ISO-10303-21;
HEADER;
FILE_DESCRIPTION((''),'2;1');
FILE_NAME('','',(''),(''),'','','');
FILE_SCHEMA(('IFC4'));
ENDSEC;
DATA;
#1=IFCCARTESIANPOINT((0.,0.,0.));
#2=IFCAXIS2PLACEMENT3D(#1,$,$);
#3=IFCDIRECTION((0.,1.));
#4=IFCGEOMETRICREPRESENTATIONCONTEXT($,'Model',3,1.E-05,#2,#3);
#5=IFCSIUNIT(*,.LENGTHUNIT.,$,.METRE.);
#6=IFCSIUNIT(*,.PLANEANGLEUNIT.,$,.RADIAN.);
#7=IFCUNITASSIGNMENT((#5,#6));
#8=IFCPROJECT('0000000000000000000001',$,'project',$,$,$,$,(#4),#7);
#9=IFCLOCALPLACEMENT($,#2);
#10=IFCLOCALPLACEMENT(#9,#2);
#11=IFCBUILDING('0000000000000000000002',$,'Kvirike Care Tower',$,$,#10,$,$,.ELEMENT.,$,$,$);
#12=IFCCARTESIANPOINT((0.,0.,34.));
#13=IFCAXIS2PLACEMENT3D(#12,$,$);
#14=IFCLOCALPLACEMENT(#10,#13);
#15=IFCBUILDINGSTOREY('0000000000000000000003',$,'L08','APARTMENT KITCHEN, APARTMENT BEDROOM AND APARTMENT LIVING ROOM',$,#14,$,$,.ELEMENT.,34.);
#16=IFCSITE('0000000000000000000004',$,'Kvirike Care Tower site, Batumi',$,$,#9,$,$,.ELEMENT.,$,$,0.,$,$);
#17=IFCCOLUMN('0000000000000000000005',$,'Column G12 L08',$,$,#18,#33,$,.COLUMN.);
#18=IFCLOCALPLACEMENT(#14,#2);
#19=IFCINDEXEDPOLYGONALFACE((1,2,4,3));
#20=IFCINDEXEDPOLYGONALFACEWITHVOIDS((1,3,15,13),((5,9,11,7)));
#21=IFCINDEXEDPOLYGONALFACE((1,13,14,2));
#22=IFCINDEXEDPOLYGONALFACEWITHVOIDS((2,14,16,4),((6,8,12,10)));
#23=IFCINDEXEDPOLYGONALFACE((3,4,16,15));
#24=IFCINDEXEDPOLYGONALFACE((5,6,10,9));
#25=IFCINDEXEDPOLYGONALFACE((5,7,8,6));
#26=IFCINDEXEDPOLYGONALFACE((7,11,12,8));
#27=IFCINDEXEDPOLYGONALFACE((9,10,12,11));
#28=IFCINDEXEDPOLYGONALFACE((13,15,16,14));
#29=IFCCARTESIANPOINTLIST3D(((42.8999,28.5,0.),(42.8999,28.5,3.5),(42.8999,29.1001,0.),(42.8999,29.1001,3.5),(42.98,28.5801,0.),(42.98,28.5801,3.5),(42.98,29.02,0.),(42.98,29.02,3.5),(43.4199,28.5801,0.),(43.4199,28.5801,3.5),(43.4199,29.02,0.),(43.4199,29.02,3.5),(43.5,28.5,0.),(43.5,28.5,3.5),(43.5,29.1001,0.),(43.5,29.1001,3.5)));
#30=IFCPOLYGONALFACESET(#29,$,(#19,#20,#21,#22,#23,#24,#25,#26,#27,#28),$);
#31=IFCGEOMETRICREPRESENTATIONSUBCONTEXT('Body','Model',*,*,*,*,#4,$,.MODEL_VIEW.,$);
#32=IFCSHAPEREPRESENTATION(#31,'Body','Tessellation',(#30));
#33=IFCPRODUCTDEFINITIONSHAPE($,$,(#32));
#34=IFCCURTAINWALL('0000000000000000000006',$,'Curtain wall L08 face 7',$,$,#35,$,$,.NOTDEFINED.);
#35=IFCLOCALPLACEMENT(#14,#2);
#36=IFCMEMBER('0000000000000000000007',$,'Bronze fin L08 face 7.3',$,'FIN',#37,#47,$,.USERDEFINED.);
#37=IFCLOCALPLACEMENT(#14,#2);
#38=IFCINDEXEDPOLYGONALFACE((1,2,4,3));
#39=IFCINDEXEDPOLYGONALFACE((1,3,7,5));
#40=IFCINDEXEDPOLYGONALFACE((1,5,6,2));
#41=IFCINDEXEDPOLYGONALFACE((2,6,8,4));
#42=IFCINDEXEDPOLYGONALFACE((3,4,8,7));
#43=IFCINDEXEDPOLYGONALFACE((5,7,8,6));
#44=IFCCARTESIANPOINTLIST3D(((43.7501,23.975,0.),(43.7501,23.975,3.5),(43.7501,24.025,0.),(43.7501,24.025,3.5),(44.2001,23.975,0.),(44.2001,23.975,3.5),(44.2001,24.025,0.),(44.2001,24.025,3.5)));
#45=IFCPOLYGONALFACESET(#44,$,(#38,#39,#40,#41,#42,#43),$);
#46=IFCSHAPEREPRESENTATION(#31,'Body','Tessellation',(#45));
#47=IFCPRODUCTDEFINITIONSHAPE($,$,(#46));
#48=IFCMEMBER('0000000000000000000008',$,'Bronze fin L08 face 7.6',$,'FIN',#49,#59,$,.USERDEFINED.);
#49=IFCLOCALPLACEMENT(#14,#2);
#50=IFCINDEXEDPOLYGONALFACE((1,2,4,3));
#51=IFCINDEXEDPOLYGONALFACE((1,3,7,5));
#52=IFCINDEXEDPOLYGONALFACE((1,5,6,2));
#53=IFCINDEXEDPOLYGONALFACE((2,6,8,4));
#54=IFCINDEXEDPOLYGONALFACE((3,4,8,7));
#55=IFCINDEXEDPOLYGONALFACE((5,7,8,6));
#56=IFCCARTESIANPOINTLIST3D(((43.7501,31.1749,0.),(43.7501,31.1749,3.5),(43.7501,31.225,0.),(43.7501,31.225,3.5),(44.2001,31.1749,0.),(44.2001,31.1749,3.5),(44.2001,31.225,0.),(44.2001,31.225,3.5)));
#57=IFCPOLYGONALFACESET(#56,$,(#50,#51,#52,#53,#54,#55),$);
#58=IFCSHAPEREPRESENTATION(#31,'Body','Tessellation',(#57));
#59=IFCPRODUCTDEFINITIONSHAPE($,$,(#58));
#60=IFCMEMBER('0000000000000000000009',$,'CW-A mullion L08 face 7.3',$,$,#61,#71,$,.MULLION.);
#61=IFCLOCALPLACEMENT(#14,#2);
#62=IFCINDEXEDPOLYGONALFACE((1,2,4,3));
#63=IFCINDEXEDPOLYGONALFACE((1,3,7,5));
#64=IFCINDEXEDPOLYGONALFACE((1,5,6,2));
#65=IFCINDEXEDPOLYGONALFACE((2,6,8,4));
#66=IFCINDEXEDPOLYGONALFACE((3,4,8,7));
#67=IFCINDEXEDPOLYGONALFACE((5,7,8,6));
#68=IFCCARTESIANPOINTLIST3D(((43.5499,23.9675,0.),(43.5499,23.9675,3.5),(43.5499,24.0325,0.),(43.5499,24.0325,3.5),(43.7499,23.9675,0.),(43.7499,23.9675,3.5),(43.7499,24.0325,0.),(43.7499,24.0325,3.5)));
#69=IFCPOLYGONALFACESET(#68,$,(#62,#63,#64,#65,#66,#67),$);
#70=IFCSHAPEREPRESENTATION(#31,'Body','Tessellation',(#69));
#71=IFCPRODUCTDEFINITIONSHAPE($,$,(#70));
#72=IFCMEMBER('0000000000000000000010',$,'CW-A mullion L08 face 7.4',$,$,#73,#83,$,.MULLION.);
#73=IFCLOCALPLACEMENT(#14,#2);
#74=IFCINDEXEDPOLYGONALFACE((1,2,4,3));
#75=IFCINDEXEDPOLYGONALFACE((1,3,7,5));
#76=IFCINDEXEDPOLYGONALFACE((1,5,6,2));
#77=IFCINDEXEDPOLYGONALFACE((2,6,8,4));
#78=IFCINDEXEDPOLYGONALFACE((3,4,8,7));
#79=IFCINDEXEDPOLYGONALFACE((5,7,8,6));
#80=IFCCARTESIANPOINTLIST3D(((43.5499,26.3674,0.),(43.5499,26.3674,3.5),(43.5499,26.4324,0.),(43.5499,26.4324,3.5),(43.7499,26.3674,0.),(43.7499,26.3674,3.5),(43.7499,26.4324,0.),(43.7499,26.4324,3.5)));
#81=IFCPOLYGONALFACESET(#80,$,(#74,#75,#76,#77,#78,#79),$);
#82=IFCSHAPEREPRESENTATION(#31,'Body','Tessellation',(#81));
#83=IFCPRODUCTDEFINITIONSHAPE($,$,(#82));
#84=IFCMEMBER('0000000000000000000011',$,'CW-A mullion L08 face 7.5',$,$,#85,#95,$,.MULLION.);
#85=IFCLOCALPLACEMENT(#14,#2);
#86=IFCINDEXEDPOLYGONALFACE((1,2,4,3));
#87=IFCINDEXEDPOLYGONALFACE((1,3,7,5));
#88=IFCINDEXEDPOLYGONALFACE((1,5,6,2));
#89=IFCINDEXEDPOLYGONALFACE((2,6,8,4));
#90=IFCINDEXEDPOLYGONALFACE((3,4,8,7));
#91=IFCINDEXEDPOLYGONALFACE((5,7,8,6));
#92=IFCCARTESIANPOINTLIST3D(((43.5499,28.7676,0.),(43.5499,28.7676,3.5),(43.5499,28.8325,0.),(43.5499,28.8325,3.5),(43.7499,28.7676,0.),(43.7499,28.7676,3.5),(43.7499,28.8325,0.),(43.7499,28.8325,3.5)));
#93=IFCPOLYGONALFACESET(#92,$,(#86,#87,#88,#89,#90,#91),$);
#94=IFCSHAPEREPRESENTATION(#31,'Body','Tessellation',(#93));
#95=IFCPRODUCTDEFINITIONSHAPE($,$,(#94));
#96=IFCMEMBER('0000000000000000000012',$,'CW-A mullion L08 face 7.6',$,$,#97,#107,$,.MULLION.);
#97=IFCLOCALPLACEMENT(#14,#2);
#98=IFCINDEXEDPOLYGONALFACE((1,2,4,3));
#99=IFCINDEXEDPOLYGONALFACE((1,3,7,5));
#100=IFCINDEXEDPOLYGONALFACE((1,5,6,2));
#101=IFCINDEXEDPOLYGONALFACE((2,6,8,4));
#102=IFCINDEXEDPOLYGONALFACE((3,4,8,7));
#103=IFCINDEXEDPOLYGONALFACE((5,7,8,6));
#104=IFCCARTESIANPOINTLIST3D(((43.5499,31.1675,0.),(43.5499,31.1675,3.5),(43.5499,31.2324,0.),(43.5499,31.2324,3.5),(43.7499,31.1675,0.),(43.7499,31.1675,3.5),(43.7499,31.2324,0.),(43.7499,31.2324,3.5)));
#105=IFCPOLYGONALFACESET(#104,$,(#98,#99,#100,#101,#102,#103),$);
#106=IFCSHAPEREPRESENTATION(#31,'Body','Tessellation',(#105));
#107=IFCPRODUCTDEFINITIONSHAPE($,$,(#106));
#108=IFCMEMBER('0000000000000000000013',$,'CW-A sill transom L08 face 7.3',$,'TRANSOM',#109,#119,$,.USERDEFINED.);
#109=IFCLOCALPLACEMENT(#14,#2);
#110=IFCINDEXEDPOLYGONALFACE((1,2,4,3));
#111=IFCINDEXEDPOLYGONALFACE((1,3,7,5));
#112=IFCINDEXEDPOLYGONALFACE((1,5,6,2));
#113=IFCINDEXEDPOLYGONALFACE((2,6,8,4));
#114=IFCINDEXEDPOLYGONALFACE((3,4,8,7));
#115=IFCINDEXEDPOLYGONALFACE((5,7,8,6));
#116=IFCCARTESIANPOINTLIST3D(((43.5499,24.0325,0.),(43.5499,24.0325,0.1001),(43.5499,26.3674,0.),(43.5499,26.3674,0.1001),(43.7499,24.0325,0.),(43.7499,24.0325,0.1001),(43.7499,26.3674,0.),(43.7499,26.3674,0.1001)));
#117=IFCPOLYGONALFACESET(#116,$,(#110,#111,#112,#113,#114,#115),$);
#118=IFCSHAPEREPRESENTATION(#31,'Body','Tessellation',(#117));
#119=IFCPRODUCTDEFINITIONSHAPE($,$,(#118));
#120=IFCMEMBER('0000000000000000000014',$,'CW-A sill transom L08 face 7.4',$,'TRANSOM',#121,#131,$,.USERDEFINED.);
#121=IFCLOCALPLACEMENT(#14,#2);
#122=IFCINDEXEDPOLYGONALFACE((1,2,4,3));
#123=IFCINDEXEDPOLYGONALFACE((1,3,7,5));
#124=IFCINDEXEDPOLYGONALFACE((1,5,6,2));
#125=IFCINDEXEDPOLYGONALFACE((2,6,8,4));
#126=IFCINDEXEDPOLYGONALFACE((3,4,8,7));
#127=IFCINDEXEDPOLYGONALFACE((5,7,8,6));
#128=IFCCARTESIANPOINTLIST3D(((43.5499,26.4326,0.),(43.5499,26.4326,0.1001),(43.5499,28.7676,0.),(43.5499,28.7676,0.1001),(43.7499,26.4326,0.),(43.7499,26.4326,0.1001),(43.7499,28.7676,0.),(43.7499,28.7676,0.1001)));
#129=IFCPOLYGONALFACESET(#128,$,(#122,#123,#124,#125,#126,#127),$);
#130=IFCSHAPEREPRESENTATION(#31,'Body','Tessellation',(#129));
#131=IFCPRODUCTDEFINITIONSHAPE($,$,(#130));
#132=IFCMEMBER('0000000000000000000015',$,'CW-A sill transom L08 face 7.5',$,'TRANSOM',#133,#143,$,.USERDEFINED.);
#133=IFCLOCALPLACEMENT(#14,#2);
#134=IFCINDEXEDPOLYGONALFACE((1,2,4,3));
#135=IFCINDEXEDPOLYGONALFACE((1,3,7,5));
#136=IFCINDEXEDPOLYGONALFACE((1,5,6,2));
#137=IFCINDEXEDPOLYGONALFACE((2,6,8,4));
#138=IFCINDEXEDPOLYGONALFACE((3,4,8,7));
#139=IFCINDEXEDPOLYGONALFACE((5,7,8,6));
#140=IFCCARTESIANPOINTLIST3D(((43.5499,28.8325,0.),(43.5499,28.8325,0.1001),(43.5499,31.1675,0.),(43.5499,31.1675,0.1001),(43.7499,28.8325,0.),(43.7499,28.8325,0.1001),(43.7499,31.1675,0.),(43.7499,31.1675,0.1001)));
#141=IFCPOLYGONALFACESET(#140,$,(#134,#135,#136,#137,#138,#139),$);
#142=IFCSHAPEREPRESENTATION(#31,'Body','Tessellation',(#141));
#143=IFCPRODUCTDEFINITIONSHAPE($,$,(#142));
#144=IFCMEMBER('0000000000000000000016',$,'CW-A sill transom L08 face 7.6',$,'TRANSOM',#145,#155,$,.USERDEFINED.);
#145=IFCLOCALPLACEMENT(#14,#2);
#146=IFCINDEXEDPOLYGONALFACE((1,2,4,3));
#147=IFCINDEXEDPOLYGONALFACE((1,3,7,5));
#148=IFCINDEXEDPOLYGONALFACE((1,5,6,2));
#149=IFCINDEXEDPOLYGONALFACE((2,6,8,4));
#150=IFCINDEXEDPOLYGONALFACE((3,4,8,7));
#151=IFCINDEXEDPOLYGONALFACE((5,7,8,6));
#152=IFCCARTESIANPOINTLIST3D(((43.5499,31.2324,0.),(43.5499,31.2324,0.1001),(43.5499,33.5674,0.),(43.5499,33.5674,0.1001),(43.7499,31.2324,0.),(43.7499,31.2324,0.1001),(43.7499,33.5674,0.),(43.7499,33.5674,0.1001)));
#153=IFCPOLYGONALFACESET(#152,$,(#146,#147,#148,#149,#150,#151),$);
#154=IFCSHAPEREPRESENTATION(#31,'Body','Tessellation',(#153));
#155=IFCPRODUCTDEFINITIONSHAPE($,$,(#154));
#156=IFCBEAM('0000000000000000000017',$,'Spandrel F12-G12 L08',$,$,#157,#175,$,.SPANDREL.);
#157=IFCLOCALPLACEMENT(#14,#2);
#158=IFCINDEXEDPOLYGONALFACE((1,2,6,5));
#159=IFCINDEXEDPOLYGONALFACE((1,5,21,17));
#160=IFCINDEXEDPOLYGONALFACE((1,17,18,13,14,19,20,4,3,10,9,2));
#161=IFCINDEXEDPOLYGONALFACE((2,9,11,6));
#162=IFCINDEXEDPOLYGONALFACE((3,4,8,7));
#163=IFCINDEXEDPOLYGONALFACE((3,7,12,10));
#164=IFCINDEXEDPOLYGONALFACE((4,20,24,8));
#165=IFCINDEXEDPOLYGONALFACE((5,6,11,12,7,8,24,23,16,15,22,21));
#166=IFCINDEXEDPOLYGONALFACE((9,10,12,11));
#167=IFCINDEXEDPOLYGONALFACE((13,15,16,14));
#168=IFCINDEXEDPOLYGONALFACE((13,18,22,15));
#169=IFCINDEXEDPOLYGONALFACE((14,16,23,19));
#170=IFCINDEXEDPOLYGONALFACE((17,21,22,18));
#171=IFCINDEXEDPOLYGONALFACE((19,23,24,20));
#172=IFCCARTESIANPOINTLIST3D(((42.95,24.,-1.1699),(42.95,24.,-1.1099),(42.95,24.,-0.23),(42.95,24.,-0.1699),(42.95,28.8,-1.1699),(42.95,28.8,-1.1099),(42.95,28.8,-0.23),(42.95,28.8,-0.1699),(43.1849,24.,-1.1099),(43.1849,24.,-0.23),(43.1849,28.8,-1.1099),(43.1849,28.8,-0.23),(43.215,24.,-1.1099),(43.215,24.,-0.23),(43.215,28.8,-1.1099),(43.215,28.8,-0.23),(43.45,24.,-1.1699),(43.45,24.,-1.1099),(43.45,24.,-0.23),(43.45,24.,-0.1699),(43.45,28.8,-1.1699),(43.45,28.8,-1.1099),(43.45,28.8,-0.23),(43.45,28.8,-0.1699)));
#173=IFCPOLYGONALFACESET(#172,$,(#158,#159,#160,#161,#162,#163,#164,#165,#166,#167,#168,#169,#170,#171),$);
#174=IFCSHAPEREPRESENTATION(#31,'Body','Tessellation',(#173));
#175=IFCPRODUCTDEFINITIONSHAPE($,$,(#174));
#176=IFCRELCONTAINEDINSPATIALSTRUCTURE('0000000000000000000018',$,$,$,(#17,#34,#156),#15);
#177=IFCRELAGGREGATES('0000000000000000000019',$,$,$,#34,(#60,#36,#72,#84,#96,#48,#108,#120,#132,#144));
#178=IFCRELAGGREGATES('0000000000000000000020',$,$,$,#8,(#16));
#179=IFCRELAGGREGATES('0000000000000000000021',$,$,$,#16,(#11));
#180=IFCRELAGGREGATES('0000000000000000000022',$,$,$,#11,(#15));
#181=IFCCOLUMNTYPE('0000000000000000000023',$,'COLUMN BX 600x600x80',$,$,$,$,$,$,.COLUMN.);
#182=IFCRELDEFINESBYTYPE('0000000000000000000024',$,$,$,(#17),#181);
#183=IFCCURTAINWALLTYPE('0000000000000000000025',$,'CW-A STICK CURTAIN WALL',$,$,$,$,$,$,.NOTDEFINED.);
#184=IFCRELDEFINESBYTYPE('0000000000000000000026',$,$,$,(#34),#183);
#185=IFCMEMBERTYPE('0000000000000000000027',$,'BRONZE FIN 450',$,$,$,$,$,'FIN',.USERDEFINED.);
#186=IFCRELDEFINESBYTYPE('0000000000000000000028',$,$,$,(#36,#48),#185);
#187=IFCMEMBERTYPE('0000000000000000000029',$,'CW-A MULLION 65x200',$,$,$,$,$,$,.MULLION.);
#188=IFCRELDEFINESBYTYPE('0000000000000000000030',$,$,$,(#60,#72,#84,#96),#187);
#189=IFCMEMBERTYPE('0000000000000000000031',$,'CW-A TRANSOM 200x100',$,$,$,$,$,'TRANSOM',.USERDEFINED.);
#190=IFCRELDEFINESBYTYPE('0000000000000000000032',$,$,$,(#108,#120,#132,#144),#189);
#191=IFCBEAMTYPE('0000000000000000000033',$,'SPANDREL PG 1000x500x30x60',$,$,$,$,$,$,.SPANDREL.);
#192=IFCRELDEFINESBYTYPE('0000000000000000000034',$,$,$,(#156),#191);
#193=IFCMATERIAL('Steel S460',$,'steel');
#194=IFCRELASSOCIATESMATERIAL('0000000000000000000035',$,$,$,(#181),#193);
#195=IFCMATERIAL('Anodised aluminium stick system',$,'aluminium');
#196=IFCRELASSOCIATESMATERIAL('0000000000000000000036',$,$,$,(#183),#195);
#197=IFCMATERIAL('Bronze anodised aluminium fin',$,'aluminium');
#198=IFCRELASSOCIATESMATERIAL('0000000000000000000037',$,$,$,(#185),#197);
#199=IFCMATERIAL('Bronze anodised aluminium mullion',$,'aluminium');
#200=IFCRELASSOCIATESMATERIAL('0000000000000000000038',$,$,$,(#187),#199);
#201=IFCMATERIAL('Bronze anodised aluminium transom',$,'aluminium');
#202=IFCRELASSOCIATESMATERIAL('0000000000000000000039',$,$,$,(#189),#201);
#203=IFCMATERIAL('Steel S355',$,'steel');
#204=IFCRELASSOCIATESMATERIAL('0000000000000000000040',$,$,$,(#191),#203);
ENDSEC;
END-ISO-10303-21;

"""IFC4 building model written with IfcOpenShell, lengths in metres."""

from ifc_helpers import new_model, si_unit, direction, frame, origin, origin_2d, place, context, subcontext, project, spatial, rectangle, hollow_rectangle, i_section, extrude, material, material_profile, profile_set, type_object, element, aggregate, save


model = new_model("IFC4")

# Units and contexts
model_context = context("Model", 3, precision=1e-05, world=origin(), true_north=direction((0.0, 1.0)))
body_context = subcontext(model_context, "Body", "Model", "MODEL_VIEW")
ifc_project = project(units=[si_unit("LENGTHUNIT", "METRE"), si_unit("PLANEANGLEUNIT", "RADIAN")], contexts=[model_context])

# Site, building, storey
site_placement = place(None, origin())
site = spatial("IfcSite", under=ifc_project, at=site_placement, Name="Kvirike Care Tower site, Batumi", CompositionType="ELEMENT", RefElevation=0.0)
building_placement = place(site_placement, origin())
building = spatial("IfcBuilding", under=site, at=building_placement, Name="Kvirike Care Tower", CompositionType="ELEMENT")
storey_placement = place(building_placement, frame((0.0, 0.0, 34.0)))
storey = spatial("IfcBuildingStorey", under=building, at=storey_placement, Name="L08", Description="APARTMENT KITCHEN, APARTMENT BEDROOM AND APARTMENT LIVING ROOM", CompositionType="ELEMENT", Elevation=34.0)

# Column
ifc_material_1 = material(Name="Steel S460", Category="steel")
ifc_material_profile_1 = material_profile(ifc_material_1, hollow_rectangle(XDim=0.6001, YDim=0.6001, WallThickness=0.0801, at=origin_2d()), Name="BX 600x600x80")
ifc_profile_set_1 = profile_set([ifc_material_profile_1], Name="Steel S460")
column_type = type_object("IfcColumnType", Name="COLUMN BX 600x600x80", PredefinedType="COLUMN", material=ifc_profile_set_1)
column_placement = place(storey_placement, frame((43.2, 28.8, 0.0), z_axis=(0.0, 0.0, 1.0), x_axis=(0.0, 1.0, 0.0)))
element("IfcColumn", 1, at=column_placement, inside=storey, type_object=column_type, Name="Column G12 L08", PredefinedType="COLUMN", context=body_context, shape_type="SweptSolid", body=[
    extrude(hollow_rectangle(XDim=0.6001, YDim=0.6001, WallThickness=0.0801, at=origin_2d()), origin(), (0.0, 0.0, 1.0), 3.5),
])

# Curtain wall, members
ifc_material_2 = material(Name="Anodised aluminium stick system", Category="aluminium")
curtain_wall_type = type_object("IfcCurtainWallType", Name="CW-A STICK CURTAIN WALL", PredefinedType="NOTDEFINED", material=ifc_material_2)
curtain_wall_placement = place(storey_placement, origin())
curtain_wall = element("IfcCurtainWall", 2, at=curtain_wall_placement, inside=storey, type_object=curtain_wall_type, Name="Curtain wall L08 face 7", PredefinedType="NOTDEFINED")
ifc_material_3 = material(Name="Bronze anodised aluminium fin", Category="aluminium")
ifc_material_profile_2 = material_profile(ifc_material_3, rectangle(XDim=0.05, YDim=0.45, at=origin_2d()), Name="BRONZE FIN 450")
ifc_profile_set_2 = profile_set([ifc_material_profile_2], Name="Bronze anodised aluminium fin")
member_type_1 = type_object("IfcMemberType", Name="BRONZE FIN 450", ElementType="FIN", PredefinedType="USERDEFINED", material=ifc_profile_set_2)
member_1_placement = place(storey_placement, frame((43.9751, 24.0, 0.0), z_axis=(0.0, 0.0, 1.0), x_axis=(0.0, 1.0, 0.0)))
member_1 = element("IfcMember", 3, at=member_1_placement, type_object=member_type_1, Name="Bronze fin L08 face 7.3", ObjectType="FIN", PredefinedType="USERDEFINED", context=body_context, shape_type="SweptSolid", body=[
    extrude(rectangle(XDim=0.05, YDim=0.45, at=origin_2d()), origin(), (0.0, 0.0, 1.0), 3.5),
])
member_2_placement = place(storey_placement, frame((43.9751, 31.2, 0.0), z_axis=(0.0, 0.0, 1.0), x_axis=(0.0, 1.0, 0.0)))
member_2 = element("IfcMember", 4, at=member_2_placement, type_object=member_type_1, Name="Bronze fin L08 face 7.6", ObjectType="FIN", PredefinedType="USERDEFINED", context=body_context, shape_type="SweptSolid", body=[
    extrude(rectangle(XDim=0.05, YDim=0.45, at=origin_2d()), origin(), (0.0, 0.0, 1.0), 3.5),
])
ifc_material_4 = material(Name="Bronze anodised aluminium mullion", Category="aluminium")
ifc_material_profile_3 = material_profile(ifc_material_4, rectangle(XDim=0.0649, YDim=0.2, at=origin_2d()), Name="CW-A MULLION 65x200")
ifc_profile_set_3 = profile_set([ifc_material_profile_3], Name="Bronze anodised aluminium mullion")
member_type_2 = type_object("IfcMemberType", Name="CW-A MULLION 65x200", PredefinedType="MULLION", material=ifc_profile_set_3)
member_3_placement = place(storey_placement, frame((43.6499, 24.0, 0.0), z_axis=(0.0, 0.0, 1.0), x_axis=(0.0, 1.0, 0.0)))
member_3 = element("IfcMember", 5, at=member_3_placement, type_object=member_type_2, Name="CW-A mullion L08 face 7.3", PredefinedType="MULLION", context=body_context, shape_type="SweptSolid", body=[
    extrude(rectangle(XDim=0.0649, YDim=0.2, at=origin_2d()), origin(), (0.0, 0.0, 1.0), 3.5),
])
member_4_placement = place(storey_placement, frame((43.6499, 26.3999, 0.0), z_axis=(0.0, 0.0, 1.0), x_axis=(0.0, 1.0, 0.0)))
member_4 = element("IfcMember", 6, at=member_4_placement, type_object=member_type_2, Name="CW-A mullion L08 face 7.4", PredefinedType="MULLION", context=body_context, shape_type="SweptSolid", body=[
    extrude(rectangle(XDim=0.0649, YDim=0.2, at=origin_2d()), origin(), (0.0, 0.0, 1.0), 3.5),
])
member_5_placement = place(storey_placement, frame((43.6499, 28.8, 0.0), z_axis=(0.0, 0.0, 1.0), x_axis=(0.0, 1.0, 0.0)))
member_5 = element("IfcMember", 7, at=member_5_placement, type_object=member_type_2, Name="CW-A mullion L08 face 7.5", PredefinedType="MULLION", context=body_context, shape_type="SweptSolid", body=[
    extrude(rectangle(XDim=0.0649, YDim=0.2, at=origin_2d()), origin(), (0.0, 0.0, 1.0), 3.5),
])
member_6_placement = place(storey_placement, frame((43.6499, 31.2, 0.0), z_axis=(0.0, 0.0, 1.0), x_axis=(0.0, 1.0, 0.0)))
member_6 = element("IfcMember", 8, at=member_6_placement, type_object=member_type_2, Name="CW-A mullion L08 face 7.6", PredefinedType="MULLION", context=body_context, shape_type="SweptSolid", body=[
    extrude(rectangle(XDim=0.0649, YDim=0.2, at=origin_2d()), origin(), (0.0, 0.0, 1.0), 3.5),
])
ifc_material_5 = material(Name="Bronze anodised aluminium transom", Category="aluminium")
ifc_material_profile_4 = material_profile(ifc_material_5, rectangle(XDim=0.2, YDim=0.1001, at=origin_2d()), Name="CW-A TRANSOM 200x100")
ifc_profile_set_4 = profile_set([ifc_material_profile_4], Name="Bronze anodised aluminium transom")
member_type_3 = type_object("IfcMemberType", Name="CW-A TRANSOM 200x100", ElementType="TRANSOM", PredefinedType="USERDEFINED", material=ifc_profile_set_4)
member_7_placement = place(storey_placement, frame((43.6499, 24.0325, 0.05), z_axis=(0.0, 1.0, 0.0), x_axis=(-1.0, 0.0, 0.0)))
member_7 = element("IfcMember", 9, at=member_7_placement, type_object=member_type_3, Name="CW-A sill transom L08 face 7.3", ObjectType="TRANSOM", PredefinedType="USERDEFINED", context=body_context, shape_type="SweptSolid", body=[
    extrude(rectangle(XDim=0.2, YDim=0.1001, at=origin_2d()), origin(), (0.0, 0.0, 1.0), 2.335),
])
member_8_placement = place(storey_placement, frame((43.6499, 26.4326, 0.05), z_axis=(0.0, 1.0, 0.0), x_axis=(-1.0, 0.0, 0.0)))
member_8 = element("IfcMember", 10, at=member_8_placement, type_object=member_type_3, Name="CW-A sill transom L08 face 7.4", ObjectType="TRANSOM", PredefinedType="USERDEFINED", context=body_context, shape_type="SweptSolid", body=[
    extrude(rectangle(XDim=0.2, YDim=0.1001, at=origin_2d()), origin(), (0.0, 0.0, 1.0), 2.335),
])
member_9_placement = place(storey_placement, frame((43.6499, 28.8325, 0.05), z_axis=(0.0, 1.0, 0.0), x_axis=(-1.0, 0.0, 0.0)))
member_9 = element("IfcMember", 11, at=member_9_placement, type_object=member_type_3, Name="CW-A sill transom L08 face 7.5", ObjectType="TRANSOM", PredefinedType="USERDEFINED", context=body_context, shape_type="SweptSolid", body=[
    extrude(rectangle(XDim=0.2, YDim=0.1001, at=origin_2d()), origin(), (0.0, 0.0, 1.0), 2.335),
])
member_10_placement = place(storey_placement, frame((43.6499, 31.2324, 0.05), z_axis=(0.0, 1.0, 0.0), x_axis=(-1.0, 0.0, 0.0)))
member_10 = element("IfcMember", 12, at=member_10_placement, type_object=member_type_3, Name="CW-A sill transom L08 face 7.6", ObjectType="TRANSOM", PredefinedType="USERDEFINED", context=body_context, shape_type="SweptSolid", body=[
    extrude(rectangle(XDim=0.2, YDim=0.1001, at=origin_2d()), origin(), (0.0, 0.0, 1.0), 2.335),
])

# Beam
ifc_material_6 = material(Name="Steel S355", Category="steel")
ifc_material_profile_5 = material_profile(ifc_material_6, i_section(OverallWidth=0.5, OverallDepth=1.0, WebThickness=0.03, FlangeThickness=0.0601, at=origin_2d()), Name="PG 1000x500x30x60")
ifc_profile_set_5 = profile_set([ifc_material_profile_5], Name="Steel S355")
beam_type = type_object("IfcBeamType", Name="SPANDREL PG 1000x500x30x60", PredefinedType="SPANDREL", material=ifc_profile_set_5)
for number, where, z_axis, x_axis, name in (
    (13, (43.2, 24.0, -0.6699), (0.0, 1.0, 0.0), (-1.0, 0.0, 0.0), "Spandrel F12-G12 L08"),
):
    element("IfcBeam", number, at=place(storey_placement, frame(where, z_axis=z_axis, x_axis=x_axis)), inside=storey, type_object=beam_type, Name=name, PredefinedType="SPANDREL", context=body_context, shape_type="SweptSolid", body=[
        extrude(i_section(OverallWidth=0.5, OverallDepth=1.0, WebThickness=0.03, FlangeThickness=0.0601, at=origin_2d()), origin(), (0.0, 0.0, 1.0), 4.8),
    ])

aggregate(curtain_wall, [member_3, member_1, member_4, member_5, member_6, member_2, member_7, member_8, member_9, member_10])

save(model, "model.ifc")
